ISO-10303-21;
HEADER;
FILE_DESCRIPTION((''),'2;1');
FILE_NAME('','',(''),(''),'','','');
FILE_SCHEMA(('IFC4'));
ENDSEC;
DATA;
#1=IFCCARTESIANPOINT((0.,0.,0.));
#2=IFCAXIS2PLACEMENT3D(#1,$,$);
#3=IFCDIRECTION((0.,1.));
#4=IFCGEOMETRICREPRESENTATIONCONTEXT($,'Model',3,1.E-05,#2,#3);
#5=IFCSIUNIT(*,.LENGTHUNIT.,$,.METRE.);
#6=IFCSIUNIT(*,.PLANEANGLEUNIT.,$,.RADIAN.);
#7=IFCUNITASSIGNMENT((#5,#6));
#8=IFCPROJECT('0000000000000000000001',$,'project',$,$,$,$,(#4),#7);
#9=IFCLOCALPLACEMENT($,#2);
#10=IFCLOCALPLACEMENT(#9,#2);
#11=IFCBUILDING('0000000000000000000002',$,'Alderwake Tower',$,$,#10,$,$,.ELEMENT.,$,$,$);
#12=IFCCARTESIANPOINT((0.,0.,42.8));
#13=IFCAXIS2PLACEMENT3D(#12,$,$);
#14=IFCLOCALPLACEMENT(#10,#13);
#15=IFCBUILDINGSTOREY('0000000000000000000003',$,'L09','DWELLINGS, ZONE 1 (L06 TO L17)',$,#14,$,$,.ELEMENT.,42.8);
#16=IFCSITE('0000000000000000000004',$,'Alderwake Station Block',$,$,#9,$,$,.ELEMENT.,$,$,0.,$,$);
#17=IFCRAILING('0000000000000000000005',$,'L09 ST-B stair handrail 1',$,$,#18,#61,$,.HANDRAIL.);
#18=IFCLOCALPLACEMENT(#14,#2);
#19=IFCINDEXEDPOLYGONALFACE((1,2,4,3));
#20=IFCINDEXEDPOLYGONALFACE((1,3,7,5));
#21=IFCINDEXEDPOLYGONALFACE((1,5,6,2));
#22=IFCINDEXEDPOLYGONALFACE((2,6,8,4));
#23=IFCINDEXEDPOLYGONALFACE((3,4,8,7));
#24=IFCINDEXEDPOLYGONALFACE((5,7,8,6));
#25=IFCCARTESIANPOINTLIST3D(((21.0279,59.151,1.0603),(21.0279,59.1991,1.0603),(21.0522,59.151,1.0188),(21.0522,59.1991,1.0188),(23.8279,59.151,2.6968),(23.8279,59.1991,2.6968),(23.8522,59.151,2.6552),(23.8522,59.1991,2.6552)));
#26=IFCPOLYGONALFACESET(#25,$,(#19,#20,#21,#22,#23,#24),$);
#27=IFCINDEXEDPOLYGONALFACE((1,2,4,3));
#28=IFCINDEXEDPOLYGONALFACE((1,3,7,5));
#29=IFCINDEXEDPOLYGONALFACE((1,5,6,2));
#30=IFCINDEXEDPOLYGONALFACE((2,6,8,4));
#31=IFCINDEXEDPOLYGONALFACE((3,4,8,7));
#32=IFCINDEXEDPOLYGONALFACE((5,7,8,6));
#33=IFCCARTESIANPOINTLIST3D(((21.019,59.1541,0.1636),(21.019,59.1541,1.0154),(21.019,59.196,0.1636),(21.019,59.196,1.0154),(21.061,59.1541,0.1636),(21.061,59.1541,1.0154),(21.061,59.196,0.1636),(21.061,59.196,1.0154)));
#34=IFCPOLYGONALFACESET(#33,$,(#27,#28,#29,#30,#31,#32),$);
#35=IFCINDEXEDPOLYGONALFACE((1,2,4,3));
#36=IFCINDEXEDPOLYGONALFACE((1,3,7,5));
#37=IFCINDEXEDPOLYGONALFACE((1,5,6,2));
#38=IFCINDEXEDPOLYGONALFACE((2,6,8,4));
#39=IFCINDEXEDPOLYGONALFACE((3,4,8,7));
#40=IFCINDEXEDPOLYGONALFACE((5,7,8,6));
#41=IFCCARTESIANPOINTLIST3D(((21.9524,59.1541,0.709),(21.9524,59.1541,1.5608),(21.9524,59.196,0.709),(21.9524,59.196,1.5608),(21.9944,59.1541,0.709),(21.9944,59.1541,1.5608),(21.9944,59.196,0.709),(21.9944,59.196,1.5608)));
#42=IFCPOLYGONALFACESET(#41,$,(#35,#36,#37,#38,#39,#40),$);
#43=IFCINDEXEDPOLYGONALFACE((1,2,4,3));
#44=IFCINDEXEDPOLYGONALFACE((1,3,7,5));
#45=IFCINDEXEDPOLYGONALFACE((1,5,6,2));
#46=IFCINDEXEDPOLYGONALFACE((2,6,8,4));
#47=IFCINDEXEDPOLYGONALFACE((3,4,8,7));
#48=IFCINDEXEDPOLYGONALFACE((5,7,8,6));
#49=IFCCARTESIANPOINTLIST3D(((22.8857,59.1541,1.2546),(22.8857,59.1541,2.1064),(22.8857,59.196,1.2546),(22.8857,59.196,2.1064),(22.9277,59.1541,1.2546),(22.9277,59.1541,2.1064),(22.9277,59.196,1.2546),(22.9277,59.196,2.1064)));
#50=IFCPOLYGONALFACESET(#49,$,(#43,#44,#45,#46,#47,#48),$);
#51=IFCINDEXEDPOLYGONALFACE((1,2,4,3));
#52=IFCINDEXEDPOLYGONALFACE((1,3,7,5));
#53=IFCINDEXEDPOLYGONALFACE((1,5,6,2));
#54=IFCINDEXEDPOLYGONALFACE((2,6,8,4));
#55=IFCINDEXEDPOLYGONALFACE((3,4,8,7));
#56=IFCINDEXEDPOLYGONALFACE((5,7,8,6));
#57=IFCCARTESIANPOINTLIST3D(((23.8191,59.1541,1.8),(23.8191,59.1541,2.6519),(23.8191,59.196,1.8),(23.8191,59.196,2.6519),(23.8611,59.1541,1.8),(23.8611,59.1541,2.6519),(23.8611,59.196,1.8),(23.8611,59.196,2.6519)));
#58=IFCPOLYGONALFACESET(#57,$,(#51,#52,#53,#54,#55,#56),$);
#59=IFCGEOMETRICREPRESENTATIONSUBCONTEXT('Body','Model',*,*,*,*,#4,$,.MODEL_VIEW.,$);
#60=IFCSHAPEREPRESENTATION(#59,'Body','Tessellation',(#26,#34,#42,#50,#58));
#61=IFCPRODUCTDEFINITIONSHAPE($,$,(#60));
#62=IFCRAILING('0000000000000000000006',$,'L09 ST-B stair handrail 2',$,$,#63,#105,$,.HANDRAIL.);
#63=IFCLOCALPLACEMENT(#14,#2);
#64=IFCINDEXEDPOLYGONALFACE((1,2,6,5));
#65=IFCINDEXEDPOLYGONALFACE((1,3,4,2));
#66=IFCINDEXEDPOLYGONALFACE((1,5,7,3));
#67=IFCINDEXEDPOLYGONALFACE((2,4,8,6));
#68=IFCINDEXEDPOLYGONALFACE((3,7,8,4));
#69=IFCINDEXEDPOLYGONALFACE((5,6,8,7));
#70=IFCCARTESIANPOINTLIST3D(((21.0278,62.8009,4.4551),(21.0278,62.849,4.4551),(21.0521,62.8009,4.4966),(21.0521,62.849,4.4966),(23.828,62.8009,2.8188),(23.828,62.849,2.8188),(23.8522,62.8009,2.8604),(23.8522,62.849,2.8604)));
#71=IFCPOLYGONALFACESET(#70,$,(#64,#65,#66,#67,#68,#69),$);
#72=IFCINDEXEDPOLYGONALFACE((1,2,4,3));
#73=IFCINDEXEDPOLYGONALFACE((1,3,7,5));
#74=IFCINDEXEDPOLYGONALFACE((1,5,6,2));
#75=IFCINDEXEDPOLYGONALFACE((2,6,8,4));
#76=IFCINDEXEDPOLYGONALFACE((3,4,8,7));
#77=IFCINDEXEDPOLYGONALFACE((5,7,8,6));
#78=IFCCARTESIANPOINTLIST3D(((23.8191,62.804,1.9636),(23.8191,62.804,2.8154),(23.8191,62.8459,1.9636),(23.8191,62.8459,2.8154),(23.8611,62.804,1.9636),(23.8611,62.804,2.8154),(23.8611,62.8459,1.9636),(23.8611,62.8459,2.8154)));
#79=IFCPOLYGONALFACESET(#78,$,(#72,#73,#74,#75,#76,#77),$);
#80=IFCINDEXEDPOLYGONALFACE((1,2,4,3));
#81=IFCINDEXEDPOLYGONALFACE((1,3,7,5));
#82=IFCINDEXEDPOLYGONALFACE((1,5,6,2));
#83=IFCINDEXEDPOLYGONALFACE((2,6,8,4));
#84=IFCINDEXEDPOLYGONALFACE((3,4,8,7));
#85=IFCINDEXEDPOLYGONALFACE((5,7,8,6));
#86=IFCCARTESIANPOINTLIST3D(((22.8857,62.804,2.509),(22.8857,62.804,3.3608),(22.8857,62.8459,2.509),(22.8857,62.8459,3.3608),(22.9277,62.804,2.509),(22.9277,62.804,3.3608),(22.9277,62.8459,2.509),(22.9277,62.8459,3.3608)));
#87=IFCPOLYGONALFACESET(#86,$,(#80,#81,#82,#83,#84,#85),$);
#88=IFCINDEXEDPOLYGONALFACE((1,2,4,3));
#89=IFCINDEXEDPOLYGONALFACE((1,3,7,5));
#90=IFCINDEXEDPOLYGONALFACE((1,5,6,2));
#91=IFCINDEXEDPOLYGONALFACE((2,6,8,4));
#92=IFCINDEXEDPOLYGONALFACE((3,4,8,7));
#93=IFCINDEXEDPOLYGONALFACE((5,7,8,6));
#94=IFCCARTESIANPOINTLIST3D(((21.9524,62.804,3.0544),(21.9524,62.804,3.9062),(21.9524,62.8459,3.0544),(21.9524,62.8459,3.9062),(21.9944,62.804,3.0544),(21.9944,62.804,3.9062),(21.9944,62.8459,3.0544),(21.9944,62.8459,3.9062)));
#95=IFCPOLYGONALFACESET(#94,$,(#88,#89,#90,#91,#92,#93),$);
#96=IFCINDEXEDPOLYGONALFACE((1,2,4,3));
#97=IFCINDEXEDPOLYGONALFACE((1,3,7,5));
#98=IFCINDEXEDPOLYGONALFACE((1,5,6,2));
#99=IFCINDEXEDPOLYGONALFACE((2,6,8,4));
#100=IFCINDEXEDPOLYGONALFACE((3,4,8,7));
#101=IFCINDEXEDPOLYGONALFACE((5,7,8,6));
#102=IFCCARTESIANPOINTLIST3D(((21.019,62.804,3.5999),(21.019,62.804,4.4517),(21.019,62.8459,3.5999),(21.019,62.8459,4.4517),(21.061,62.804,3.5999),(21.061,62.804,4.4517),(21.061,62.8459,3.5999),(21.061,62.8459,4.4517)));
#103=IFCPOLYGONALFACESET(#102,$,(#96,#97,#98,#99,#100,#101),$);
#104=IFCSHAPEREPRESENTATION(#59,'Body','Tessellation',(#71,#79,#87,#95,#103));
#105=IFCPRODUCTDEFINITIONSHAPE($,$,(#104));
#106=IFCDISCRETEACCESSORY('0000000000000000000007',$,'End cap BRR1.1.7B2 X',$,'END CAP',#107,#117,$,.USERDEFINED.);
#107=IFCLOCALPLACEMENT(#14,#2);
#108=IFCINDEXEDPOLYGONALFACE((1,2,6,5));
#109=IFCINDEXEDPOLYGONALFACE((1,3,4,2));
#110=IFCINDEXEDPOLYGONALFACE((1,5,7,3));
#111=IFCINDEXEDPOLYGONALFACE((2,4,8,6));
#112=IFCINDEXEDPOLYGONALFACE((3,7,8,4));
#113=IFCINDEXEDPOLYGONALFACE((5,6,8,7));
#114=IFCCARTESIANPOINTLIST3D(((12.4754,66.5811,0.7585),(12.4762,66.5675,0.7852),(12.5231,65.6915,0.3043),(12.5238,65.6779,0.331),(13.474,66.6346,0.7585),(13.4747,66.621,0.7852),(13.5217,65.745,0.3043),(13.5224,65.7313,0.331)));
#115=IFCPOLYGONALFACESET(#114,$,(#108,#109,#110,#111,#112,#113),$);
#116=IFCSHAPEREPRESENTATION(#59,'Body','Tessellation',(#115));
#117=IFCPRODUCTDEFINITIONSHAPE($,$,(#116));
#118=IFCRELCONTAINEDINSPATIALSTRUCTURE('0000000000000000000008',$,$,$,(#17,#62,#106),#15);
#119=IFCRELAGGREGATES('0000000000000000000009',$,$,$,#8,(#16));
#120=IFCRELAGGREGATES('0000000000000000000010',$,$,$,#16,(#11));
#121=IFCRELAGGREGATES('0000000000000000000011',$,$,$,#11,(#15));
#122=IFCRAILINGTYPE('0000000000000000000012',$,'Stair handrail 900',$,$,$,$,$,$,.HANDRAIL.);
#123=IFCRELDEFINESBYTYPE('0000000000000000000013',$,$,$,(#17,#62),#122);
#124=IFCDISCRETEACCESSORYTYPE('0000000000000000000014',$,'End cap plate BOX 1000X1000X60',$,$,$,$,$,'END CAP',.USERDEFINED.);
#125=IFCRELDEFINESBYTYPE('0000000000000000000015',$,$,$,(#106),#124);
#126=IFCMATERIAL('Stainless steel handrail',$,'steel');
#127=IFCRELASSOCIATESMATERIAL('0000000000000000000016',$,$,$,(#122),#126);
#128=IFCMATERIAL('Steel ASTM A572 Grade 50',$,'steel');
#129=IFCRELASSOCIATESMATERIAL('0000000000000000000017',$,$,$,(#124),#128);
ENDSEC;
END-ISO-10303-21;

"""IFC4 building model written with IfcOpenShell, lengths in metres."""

from ifc_helpers import new_model, si_unit, direction, frame, origin, origin_with_axes, origin_2d, place, context, subcontext, project, spatial, rectangle, extrude, material, material_profile, profile_set, type_object, element, save


model = new_model("IFC4")

# Units and contexts
model_context = context("Model", 3, precision=1e-05, world=origin(), true_north=direction((0.0, 1.0)))
body_context = subcontext(model_context, "Body", "Model", "MODEL_VIEW")
ifc_project = project(units=[si_unit("LENGTHUNIT", "METRE"), si_unit("PLANEANGLEUNIT", "RADIAN")], contexts=[model_context])

# Site, building, storey
site_placement = place(None, origin())
site = spatial("IfcSite", under=ifc_project, at=site_placement, Name="Alderwake Station Block", CompositionType="ELEMENT", RefElevation=0.0)
building_placement = place(site_placement, origin())
building = spatial("IfcBuilding", under=site, at=building_placement, Name="Alderwake Tower", CompositionType="ELEMENT")
storey_placement = place(building_placement, frame((0.0, 0.0, 42.8)))
storey = spatial("IfcBuildingStorey", under=building, at=storey_placement, Name="L09", Description="DWELLINGS, ZONE 1 (L06 TO L17)", CompositionType="ELEMENT", Elevation=42.8)

# Railings
ifc_material_1 = material(Name="Stainless steel handrail", Category="steel")
railing_type_1 = type_object("IfcRailingType", Name="Stair handrail 900", PredefinedType="HANDRAIL", material=ifc_material_1)
railing_1_placement = place(storey_placement, frame((21.04, 59.175, 0.1636)))
element("IfcRailing", 1, at=railing_1_placement, inside=storey, type_object=railing_type_1, Name="L09 ST-B stair handrail 1", PredefinedType="HANDRAIL", context=body_context, shape_type="SweptSolid", body=[
    extrude(rectangle(XDim=0.0481, YDim=0.0481, at=origin_2d()), frame((0.0, 0.0, 0.876), z_axis=(0.863361, 0.0, 0.504587), x_axis=(0.0, 1.0, 0.0)), (0.0, 0.0, 1.0), 3.2432),
    extrude(rectangle(XDim=0.042, YDim=0.042, at=origin_2d()), origin_with_axes(), (0.0, 0.0, 1.0), 0.8518),
    extrude(rectangle(XDim=0.042, YDim=0.042, at=origin_2d()), frame((0.9333, 0.0, 0.5454), z_axis=(0.0, 0.0, 1.0), x_axis=(1.0, 0.0, 0.0)), (0.0, 0.0, 1.0), 0.8518),
    extrude(rectangle(XDim=0.042, YDim=0.042, at=origin_2d()), frame((1.8667, 0.0, 1.0911), z_axis=(0.0, 0.0, 1.0), x_axis=(1.0, 0.0, 0.0)), (0.0, 0.0, 1.0), 0.8518),
    extrude(rectangle(XDim=0.042, YDim=0.042, at=origin_2d()), frame((2.8, 0.0, 1.6365), z_axis=(0.0, 0.0, 1.0), x_axis=(1.0, 0.0, 0.0)), (0.0, 0.0, 1.0), 0.8518),
])
railing_2_placement = place(storey_placement, frame((23.8401, 62.825, 1.9636)))
element("IfcRailing", 2, at=railing_2_placement, inside=storey, type_object=railing_type_1, Name="L09 ST-B stair handrail 2", PredefinedType="HANDRAIL", context=body_context, shape_type="SweptSolid", body=[
    extrude(rectangle(XDim=0.0481, YDim=0.0481, at=origin_2d()), frame((0.0, 0.0, 0.876), z_axis=(-0.863394, 0.0, 0.504531), x_axis=(0.0, -1.0, 0.0)), (0.0, 0.0, 1.0), 3.2432),
    extrude(rectangle(XDim=0.042, YDim=0.042, at=origin_2d()), frame((0.0, 0.0, 0.0), z_axis=(0.0, 0.0, 1.0), x_axis=(-1.0, 0.0, 0.0)), (0.0, 0.0, 1.0), 0.8518),
    extrude(rectangle(XDim=0.042, YDim=0.042, at=origin_2d()), frame((-0.9333, 0.0, 0.5454), z_axis=(0.0, 0.0, 1.0), x_axis=(-1.0, 0.0, 0.0)), (0.0, 0.0, 1.0), 0.8518),
    extrude(rectangle(XDim=0.042, YDim=0.042, at=origin_2d()), frame((-1.8667, 0.0, 1.0908), z_axis=(0.0, 0.0, 1.0), x_axis=(-1.0, 0.0, 0.0)), (0.0, 0.0, 1.0), 0.8518),
    extrude(rectangle(XDim=0.042, YDim=0.042, at=origin_2d()), frame((-2.8, 0.0, 1.6362), z_axis=(0.0, 0.0, 1.0), x_axis=(-1.0, 0.0, 0.0)), (0.0, 0.0, 1.0), 0.8518),
])

# Discrete accessory
ifc_material_2 = material(Name="Steel ASTM A572 Grade 50", Category="steel")
ifc_material_profile_1 = material_profile(ifc_material_2, rectangle(XDim=1.0, YDim=1.0, at=origin_2d()), Name="BOX 1000X1000X60 cap")
ifc_profile_set_1 = profile_set([ifc_material_profile_1], Name="Steel ASTM A572 Grade 50")
discrete_accessory_type = type_object("IfcDiscreteAccessoryType", Name="End cap plate BOX 1000X1000X60", ElementType="END CAP", PredefinedType="USERDEFINED", material=ifc_profile_set_1)
discrete_accessory_placement = place(storey_placement, frame((12.9993, 66.1494, 0.5581), z_axis=(-0.024297, 0.453549, -0.8909), x_axis=(-0.998568, -0.053495, 0.0)))
element("IfcDiscreteAccessory", 3, at=discrete_accessory_placement, inside=storey, type_object=discrete_accessory_type, Name="End cap BRR1.1.7B2 X", ObjectType="END CAP", PredefinedType="USERDEFINED", context=body_context, shape_type="SweptSolid", body=[
    extrude(rectangle(XDim=1.0, YDim=1.0, at=origin_2d()), origin(), (0.0, 0.0, 1.0), 0.03),
])

save(model, "model.ifc")
